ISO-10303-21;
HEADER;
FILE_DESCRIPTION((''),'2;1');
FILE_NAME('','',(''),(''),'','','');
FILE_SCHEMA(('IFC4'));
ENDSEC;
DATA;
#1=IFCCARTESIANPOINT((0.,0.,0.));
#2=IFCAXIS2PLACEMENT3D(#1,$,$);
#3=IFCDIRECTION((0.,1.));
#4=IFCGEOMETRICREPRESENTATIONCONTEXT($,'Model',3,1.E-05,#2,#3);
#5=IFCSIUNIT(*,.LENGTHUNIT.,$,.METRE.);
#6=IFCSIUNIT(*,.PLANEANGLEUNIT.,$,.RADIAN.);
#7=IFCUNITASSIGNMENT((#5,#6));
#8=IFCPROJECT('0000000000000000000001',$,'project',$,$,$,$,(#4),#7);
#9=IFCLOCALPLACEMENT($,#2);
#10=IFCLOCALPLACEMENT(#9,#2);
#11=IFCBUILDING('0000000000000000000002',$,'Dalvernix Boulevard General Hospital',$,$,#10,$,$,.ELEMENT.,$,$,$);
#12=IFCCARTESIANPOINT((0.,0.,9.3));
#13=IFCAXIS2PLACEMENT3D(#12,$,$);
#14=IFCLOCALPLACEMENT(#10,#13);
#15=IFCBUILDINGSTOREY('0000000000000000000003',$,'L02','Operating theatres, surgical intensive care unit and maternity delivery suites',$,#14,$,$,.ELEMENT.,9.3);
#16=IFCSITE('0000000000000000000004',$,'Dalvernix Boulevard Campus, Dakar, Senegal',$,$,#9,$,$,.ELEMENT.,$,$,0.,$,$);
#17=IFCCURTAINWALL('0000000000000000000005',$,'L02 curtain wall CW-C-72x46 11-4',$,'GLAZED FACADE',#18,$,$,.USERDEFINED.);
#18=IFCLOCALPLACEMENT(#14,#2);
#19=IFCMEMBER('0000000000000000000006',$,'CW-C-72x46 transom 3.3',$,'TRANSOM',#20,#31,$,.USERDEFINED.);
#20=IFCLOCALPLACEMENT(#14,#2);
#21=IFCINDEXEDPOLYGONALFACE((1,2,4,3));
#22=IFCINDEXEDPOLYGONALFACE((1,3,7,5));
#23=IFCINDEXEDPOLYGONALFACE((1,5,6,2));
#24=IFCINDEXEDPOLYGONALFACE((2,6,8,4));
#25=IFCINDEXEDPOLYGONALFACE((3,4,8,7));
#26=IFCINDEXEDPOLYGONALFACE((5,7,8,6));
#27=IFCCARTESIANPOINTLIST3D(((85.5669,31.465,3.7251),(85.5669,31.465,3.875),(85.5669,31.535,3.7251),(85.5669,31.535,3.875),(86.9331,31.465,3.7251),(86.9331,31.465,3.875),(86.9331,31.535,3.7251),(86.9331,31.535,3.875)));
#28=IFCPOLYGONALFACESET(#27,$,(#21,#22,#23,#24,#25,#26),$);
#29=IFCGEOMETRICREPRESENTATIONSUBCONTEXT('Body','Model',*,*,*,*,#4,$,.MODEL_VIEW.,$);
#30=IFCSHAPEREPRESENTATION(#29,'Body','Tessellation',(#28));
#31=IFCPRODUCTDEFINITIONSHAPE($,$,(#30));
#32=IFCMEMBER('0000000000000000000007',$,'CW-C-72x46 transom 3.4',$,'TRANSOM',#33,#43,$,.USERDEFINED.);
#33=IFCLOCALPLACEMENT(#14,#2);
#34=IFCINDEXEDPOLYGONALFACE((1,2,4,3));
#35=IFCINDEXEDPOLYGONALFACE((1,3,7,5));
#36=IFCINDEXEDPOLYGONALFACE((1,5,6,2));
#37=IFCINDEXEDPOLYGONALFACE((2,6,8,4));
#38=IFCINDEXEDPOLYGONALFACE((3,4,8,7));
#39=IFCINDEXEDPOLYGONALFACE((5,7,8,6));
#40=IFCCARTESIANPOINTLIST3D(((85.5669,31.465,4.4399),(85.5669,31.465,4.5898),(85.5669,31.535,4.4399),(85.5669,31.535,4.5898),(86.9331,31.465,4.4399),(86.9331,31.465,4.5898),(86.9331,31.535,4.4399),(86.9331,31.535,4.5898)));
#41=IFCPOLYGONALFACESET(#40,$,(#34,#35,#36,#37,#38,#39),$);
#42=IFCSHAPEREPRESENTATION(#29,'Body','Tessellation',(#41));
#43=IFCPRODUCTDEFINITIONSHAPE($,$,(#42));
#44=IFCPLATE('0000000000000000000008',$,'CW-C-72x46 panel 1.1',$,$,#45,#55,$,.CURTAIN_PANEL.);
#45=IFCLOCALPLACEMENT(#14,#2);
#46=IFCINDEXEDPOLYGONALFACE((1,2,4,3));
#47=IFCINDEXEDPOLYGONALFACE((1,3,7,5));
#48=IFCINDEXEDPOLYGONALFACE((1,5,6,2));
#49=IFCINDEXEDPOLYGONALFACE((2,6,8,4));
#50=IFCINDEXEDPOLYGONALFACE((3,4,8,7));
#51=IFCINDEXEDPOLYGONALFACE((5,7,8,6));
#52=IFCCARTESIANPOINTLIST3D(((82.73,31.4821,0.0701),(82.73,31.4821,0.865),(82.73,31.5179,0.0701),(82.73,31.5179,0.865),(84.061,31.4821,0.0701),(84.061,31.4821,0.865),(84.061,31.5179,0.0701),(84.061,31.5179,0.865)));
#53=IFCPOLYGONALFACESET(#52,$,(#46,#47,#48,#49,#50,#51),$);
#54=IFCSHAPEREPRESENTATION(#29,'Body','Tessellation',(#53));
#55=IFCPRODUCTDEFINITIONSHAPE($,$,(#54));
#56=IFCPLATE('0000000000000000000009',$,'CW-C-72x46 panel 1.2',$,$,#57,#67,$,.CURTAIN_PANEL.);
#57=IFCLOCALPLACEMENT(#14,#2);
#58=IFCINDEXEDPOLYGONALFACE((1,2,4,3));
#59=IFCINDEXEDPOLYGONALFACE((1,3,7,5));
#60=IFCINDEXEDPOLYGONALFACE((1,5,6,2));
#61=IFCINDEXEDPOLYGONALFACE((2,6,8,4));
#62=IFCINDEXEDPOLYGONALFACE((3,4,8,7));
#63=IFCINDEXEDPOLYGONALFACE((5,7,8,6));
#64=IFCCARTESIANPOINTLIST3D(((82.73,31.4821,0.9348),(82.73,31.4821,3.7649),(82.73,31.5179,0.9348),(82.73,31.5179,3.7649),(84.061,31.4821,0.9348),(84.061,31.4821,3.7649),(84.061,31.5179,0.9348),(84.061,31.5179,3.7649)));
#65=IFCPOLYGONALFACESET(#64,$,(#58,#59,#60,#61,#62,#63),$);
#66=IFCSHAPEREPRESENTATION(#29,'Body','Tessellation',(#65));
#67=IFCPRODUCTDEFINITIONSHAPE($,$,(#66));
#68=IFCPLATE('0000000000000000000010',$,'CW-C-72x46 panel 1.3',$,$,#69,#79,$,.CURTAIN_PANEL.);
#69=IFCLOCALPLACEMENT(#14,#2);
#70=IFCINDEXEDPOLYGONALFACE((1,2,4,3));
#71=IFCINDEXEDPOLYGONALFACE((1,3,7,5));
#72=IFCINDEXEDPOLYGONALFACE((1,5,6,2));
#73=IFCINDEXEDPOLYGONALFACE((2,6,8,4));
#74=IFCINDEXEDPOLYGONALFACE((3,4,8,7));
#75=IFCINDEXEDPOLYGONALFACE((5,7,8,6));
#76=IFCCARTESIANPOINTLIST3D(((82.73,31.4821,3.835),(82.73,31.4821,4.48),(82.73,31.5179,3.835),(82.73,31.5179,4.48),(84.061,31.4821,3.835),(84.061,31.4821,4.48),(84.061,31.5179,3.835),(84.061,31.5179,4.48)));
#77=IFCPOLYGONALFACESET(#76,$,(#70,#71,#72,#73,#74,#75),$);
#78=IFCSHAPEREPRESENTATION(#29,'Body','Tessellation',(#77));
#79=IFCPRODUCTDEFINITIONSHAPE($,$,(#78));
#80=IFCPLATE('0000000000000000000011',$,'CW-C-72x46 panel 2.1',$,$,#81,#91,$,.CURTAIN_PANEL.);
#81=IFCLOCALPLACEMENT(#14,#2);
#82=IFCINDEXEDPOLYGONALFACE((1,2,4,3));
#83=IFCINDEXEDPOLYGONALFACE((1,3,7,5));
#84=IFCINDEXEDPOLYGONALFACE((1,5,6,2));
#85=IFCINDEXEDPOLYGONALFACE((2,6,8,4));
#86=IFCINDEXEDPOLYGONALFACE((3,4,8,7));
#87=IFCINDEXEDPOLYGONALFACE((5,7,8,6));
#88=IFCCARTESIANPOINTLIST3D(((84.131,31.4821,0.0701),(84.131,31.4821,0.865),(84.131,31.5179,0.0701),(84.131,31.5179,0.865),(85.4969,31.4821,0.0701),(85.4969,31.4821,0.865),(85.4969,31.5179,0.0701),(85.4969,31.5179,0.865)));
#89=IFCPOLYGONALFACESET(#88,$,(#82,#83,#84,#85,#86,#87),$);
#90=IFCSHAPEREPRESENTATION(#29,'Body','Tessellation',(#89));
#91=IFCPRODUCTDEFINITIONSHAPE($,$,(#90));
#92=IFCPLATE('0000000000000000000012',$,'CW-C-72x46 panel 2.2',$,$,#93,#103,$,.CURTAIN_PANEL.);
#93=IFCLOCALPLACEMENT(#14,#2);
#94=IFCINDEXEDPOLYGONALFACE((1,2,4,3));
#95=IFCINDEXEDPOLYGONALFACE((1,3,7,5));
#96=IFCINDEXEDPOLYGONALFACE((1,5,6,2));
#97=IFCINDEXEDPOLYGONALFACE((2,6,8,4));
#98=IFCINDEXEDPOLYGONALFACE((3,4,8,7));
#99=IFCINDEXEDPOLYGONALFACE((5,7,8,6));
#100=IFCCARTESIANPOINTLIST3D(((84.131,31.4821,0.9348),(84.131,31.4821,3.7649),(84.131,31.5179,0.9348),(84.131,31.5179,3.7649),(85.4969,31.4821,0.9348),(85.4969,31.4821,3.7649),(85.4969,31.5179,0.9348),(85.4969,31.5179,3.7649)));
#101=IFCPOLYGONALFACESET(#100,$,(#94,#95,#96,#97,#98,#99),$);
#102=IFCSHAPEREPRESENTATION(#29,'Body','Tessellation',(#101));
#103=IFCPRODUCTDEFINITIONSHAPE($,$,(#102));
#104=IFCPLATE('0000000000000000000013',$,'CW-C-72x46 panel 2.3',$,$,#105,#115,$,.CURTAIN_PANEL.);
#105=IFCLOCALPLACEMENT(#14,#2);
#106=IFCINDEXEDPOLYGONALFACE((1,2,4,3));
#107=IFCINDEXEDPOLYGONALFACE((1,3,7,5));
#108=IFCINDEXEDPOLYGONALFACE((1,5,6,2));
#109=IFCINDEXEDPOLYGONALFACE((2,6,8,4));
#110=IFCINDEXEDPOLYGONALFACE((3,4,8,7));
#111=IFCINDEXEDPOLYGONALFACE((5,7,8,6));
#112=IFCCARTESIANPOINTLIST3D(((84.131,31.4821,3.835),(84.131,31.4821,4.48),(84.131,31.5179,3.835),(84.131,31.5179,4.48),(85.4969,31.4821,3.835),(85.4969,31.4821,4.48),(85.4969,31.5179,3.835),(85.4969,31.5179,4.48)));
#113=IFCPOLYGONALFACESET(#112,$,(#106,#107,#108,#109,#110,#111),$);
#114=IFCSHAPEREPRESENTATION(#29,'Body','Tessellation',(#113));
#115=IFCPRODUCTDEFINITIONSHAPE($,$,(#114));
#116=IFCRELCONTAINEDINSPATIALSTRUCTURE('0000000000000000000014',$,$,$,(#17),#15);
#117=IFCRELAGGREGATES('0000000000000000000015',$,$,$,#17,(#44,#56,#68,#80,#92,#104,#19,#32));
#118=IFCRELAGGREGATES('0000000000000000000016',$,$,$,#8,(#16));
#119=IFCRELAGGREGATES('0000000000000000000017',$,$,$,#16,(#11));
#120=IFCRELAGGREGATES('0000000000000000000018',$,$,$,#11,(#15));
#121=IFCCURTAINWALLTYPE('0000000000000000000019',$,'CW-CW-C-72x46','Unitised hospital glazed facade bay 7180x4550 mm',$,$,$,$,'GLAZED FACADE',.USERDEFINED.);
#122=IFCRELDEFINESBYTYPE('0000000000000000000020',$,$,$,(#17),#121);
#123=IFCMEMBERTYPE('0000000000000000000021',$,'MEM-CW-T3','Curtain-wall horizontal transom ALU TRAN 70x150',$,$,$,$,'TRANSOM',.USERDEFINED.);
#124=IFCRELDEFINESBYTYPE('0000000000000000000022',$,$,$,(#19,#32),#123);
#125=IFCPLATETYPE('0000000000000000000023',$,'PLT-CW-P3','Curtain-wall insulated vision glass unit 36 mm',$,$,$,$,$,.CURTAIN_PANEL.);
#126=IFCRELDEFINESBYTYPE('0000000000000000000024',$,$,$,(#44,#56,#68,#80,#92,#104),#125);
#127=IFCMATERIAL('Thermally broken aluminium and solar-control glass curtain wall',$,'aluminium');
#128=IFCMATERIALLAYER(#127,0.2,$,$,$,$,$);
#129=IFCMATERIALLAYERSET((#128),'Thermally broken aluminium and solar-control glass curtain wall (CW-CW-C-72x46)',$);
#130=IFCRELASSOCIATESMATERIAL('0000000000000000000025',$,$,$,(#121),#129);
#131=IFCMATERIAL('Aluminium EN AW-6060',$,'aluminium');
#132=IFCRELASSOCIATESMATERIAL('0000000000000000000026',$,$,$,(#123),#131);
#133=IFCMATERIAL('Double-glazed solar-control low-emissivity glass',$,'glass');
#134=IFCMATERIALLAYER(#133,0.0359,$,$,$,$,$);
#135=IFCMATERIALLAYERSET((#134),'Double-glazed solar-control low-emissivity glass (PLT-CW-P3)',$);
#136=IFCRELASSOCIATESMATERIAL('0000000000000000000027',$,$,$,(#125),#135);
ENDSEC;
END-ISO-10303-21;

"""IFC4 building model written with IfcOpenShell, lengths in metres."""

from ifc_helpers import new_model, si_unit, direction, frame, origin, origin_2d, place, context, subcontext, project, spatial, rectangle, extrude, material, layer, layer_set, material_profile, profile_set, type_object, element, aggregate, save


model = new_model("IFC4")

# Units and contexts
model_context = context("Model", 3, precision=1e-05, world=origin(), true_north=direction((0.0, 1.0)))
body_context = subcontext(model_context, "Body", "Model", "MODEL_VIEW")
ifc_project = project(units=[si_unit("LENGTHUNIT", "METRE"), si_unit("PLANEANGLEUNIT", "RADIAN")], contexts=[model_context])

# Site, building, storey
site_placement = place(None, origin())
site = spatial("IfcSite", under=ifc_project, at=site_placement, Name="Dalvernix Boulevard Campus, Dakar, Senegal", CompositionType="ELEMENT", RefElevation=0.0)
building_placement = place(site_placement, origin())
building = spatial("IfcBuilding", under=site, at=building_placement, Name="Dalvernix Boulevard General Hospital", CompositionType="ELEMENT")
storey_placement = place(building_placement, frame((0.0, 0.0, 9.3)))
storey = spatial("IfcBuildingStorey", under=building, at=storey_placement, Name="L02", Description="Operating theatres, surgical intensive care unit and maternity delivery suites", CompositionType="ELEMENT", Elevation=9.3)

# Curtain wall, members, plates
ifc_material_1 = material(Name="Thermally broken aluminium and solar-control glass curtain wall", Category="aluminium")
ifc_layer_1 = layer(ifc_material_1, 0.2)
ifc_layer_set_1 = layer_set([ifc_layer_1], Name="Thermally broken aluminium and solar-control glass curtain wall (CW-CW-C-72x46)")
curtain_wall_type = type_object("IfcCurtainWallType", Name="CW-CW-C-72x46", Description="Unitised hospital glazed facade bay 7180x4550 mm", ElementType="GLAZED FACADE", PredefinedType="USERDEFINED", material=ifc_layer_set_1)
curtain_wall_placement = place(storey_placement, origin())
curtain_wall = element("IfcCurtainWall", 1, at=curtain_wall_placement, inside=storey, type_object=curtain_wall_type, Name="L02 curtain wall CW-C-72x46 11-4", ObjectType="GLAZED FACADE", PredefinedType="USERDEFINED")
ifc_material_2 = material(Name="Aluminium EN AW-6060", Category="aluminium")
ifc_material_profile_1 = material_profile(ifc_material_2, rectangle(XDim=0.0701, YDim=0.1499, at=origin_2d()), Name="ALU TRAN 70x150")
ifc_profile_set_1 = profile_set([ifc_material_profile_1], Name="Aluminium EN AW-6060")
member_type_1 = type_object("IfcMemberType", Name="MEM-CW-T3", Description="Curtain-wall horizontal transom ALU TRAN 70x150", ElementType="TRANSOM", PredefinedType="USERDEFINED", material=ifc_profile_set_1)
member_1_placement = place(storey_placement, frame((85.5669, 31.5, 3.8), z_axis=(1.0, 0.0, 0.0), x_axis=(0.0, 1.0, 0.0)))
member_1 = element("IfcMember", 2, at=member_1_placement, type_object=member_type_1, Name="CW-C-72x46 transom 3.3", ObjectType="TRANSOM", PredefinedType="USERDEFINED", context=body_context, shape_type="SweptSolid", body=[
    extrude(rectangle(XDim=0.0701, YDim=0.1499, at=origin_2d()), origin(), (0.0, 0.0, 1.0), 1.3662),
])
member_2_placement = place(storey_placement, frame((85.5669, 31.5, 4.5149), z_axis=(1.0, 0.0, 0.0), x_axis=(0.0, 1.0, 0.0)))
member_2 = element("IfcMember", 3, at=member_2_placement, type_object=member_type_1, Name="CW-C-72x46 transom 3.4", ObjectType="TRANSOM", PredefinedType="USERDEFINED", context=body_context, shape_type="SweptSolid", body=[
    extrude(rectangle(XDim=0.0701, YDim=0.1499, at=origin_2d()), origin(), (0.0, 0.0, 1.0), 1.3662),
])
ifc_material_3 = material(Name="Double-glazed solar-control low-emissivity glass", Category="glass")
ifc_layer_2 = layer(ifc_material_3, 0.0359)
ifc_layer_set_2 = layer_set([ifc_layer_2], Name="Double-glazed solar-control low-emissivity glass (PLT-CW-P3)")
plate_type = type_object("IfcPlateType", Name="PLT-CW-P3", Description="Curtain-wall insulated vision glass unit 36 mm", PredefinedType="CURTAIN_PANEL", material=ifc_layer_set_2)
plate_1_placement = place(storey_placement, frame((83.3955, 31.5, 0.0701), z_axis=(0.0, 0.0, 1.0), x_axis=(1.0, 0.0, 0.0)))
plate_1 = element("IfcPlate", 4, at=plate_1_placement, type_object=plate_type, Name="CW-C-72x46 panel 1.1", PredefinedType="CURTAIN_PANEL", context=body_context, shape_type="SweptSolid", body=[
    extrude(rectangle(XDim=1.3311, YDim=0.0359, at=origin_2d()), origin(), (0.0, 0.0, 1.0), 0.7949),
])
plate_2_placement = place(storey_placement, frame((83.3955, 31.5, 0.9348), z_axis=(0.0, 0.0, 1.0), x_axis=(1.0, 0.0, 0.0)))
plate_2 = element("IfcPlate", 5, at=plate_2_placement, type_object=plate_type, Name="CW-C-72x46 panel 1.2", PredefinedType="CURTAIN_PANEL", context=body_context, shape_type="SweptSolid", body=[
    extrude(rectangle(XDim=1.3311, YDim=0.0359, at=origin_2d()), origin(), (0.0, 0.0, 1.0), 2.8301),
])
plate_3_placement = place(storey_placement, frame((83.3955, 31.5, 3.835), z_axis=(0.0, 0.0, 1.0), x_axis=(1.0, 0.0, 0.0)))
plate_3 = element("IfcPlate", 6, at=plate_3_placement, type_object=plate_type, Name="CW-C-72x46 panel 1.3", PredefinedType="CURTAIN_PANEL", context=body_context, shape_type="SweptSolid", body=[
    extrude(rectangle(XDim=1.3311, YDim=0.0359, at=origin_2d()), origin(), (0.0, 0.0, 1.0), 0.645),
])
plate_4_placement = place(storey_placement, frame((84.814, 31.5, 0.0701), z_axis=(0.0, 0.0, 1.0), x_axis=(1.0, 0.0, 0.0)))
plate_4 = element("IfcPlate", 7, at=plate_4_placement, type_object=plate_type, Name="CW-C-72x46 panel 2.1", PredefinedType="CURTAIN_PANEL", context=body_context, shape_type="SweptSolid", body=[
    extrude(rectangle(XDim=1.366, YDim=0.0359, at=origin_2d()), origin(), (0.0, 0.0, 1.0), 0.7949),
])
plate_5_placement = place(storey_placement, frame((84.814, 31.5, 0.9348), z_axis=(0.0, 0.0, 1.0), x_axis=(1.0, 0.0, 0.0)))
plate_5 = element("IfcPlate", 8, at=plate_5_placement, type_object=plate_type, Name="CW-C-72x46 panel 2.2", PredefinedType="CURTAIN_PANEL", context=body_context, shape_type="SweptSolid", body=[
    extrude(rectangle(XDim=1.366, YDim=0.0359, at=origin_2d()), origin(), (0.0, 0.0, 1.0), 2.8301),
])
plate_6_placement = place(storey_placement, frame((84.814, 31.5, 3.835), z_axis=(0.0, 0.0, 1.0), x_axis=(1.0, 0.0, 0.0)))
plate_6 = element("IfcPlate", 9, at=plate_6_placement, type_object=plate_type, Name="CW-C-72x46 panel 2.3", PredefinedType="CURTAIN_PANEL", context=body_context, shape_type="SweptSolid", body=[
    extrude(rectangle(XDim=1.366, YDim=0.0359, at=origin_2d()), origin(), (0.0, 0.0, 1.0), 0.645),
])
aggregate(curtain_wall, [plate_1, plate_2, plate_3, plate_4, plate_5, plate_6, member_1, member_2])

save(model, "model.ifc")
